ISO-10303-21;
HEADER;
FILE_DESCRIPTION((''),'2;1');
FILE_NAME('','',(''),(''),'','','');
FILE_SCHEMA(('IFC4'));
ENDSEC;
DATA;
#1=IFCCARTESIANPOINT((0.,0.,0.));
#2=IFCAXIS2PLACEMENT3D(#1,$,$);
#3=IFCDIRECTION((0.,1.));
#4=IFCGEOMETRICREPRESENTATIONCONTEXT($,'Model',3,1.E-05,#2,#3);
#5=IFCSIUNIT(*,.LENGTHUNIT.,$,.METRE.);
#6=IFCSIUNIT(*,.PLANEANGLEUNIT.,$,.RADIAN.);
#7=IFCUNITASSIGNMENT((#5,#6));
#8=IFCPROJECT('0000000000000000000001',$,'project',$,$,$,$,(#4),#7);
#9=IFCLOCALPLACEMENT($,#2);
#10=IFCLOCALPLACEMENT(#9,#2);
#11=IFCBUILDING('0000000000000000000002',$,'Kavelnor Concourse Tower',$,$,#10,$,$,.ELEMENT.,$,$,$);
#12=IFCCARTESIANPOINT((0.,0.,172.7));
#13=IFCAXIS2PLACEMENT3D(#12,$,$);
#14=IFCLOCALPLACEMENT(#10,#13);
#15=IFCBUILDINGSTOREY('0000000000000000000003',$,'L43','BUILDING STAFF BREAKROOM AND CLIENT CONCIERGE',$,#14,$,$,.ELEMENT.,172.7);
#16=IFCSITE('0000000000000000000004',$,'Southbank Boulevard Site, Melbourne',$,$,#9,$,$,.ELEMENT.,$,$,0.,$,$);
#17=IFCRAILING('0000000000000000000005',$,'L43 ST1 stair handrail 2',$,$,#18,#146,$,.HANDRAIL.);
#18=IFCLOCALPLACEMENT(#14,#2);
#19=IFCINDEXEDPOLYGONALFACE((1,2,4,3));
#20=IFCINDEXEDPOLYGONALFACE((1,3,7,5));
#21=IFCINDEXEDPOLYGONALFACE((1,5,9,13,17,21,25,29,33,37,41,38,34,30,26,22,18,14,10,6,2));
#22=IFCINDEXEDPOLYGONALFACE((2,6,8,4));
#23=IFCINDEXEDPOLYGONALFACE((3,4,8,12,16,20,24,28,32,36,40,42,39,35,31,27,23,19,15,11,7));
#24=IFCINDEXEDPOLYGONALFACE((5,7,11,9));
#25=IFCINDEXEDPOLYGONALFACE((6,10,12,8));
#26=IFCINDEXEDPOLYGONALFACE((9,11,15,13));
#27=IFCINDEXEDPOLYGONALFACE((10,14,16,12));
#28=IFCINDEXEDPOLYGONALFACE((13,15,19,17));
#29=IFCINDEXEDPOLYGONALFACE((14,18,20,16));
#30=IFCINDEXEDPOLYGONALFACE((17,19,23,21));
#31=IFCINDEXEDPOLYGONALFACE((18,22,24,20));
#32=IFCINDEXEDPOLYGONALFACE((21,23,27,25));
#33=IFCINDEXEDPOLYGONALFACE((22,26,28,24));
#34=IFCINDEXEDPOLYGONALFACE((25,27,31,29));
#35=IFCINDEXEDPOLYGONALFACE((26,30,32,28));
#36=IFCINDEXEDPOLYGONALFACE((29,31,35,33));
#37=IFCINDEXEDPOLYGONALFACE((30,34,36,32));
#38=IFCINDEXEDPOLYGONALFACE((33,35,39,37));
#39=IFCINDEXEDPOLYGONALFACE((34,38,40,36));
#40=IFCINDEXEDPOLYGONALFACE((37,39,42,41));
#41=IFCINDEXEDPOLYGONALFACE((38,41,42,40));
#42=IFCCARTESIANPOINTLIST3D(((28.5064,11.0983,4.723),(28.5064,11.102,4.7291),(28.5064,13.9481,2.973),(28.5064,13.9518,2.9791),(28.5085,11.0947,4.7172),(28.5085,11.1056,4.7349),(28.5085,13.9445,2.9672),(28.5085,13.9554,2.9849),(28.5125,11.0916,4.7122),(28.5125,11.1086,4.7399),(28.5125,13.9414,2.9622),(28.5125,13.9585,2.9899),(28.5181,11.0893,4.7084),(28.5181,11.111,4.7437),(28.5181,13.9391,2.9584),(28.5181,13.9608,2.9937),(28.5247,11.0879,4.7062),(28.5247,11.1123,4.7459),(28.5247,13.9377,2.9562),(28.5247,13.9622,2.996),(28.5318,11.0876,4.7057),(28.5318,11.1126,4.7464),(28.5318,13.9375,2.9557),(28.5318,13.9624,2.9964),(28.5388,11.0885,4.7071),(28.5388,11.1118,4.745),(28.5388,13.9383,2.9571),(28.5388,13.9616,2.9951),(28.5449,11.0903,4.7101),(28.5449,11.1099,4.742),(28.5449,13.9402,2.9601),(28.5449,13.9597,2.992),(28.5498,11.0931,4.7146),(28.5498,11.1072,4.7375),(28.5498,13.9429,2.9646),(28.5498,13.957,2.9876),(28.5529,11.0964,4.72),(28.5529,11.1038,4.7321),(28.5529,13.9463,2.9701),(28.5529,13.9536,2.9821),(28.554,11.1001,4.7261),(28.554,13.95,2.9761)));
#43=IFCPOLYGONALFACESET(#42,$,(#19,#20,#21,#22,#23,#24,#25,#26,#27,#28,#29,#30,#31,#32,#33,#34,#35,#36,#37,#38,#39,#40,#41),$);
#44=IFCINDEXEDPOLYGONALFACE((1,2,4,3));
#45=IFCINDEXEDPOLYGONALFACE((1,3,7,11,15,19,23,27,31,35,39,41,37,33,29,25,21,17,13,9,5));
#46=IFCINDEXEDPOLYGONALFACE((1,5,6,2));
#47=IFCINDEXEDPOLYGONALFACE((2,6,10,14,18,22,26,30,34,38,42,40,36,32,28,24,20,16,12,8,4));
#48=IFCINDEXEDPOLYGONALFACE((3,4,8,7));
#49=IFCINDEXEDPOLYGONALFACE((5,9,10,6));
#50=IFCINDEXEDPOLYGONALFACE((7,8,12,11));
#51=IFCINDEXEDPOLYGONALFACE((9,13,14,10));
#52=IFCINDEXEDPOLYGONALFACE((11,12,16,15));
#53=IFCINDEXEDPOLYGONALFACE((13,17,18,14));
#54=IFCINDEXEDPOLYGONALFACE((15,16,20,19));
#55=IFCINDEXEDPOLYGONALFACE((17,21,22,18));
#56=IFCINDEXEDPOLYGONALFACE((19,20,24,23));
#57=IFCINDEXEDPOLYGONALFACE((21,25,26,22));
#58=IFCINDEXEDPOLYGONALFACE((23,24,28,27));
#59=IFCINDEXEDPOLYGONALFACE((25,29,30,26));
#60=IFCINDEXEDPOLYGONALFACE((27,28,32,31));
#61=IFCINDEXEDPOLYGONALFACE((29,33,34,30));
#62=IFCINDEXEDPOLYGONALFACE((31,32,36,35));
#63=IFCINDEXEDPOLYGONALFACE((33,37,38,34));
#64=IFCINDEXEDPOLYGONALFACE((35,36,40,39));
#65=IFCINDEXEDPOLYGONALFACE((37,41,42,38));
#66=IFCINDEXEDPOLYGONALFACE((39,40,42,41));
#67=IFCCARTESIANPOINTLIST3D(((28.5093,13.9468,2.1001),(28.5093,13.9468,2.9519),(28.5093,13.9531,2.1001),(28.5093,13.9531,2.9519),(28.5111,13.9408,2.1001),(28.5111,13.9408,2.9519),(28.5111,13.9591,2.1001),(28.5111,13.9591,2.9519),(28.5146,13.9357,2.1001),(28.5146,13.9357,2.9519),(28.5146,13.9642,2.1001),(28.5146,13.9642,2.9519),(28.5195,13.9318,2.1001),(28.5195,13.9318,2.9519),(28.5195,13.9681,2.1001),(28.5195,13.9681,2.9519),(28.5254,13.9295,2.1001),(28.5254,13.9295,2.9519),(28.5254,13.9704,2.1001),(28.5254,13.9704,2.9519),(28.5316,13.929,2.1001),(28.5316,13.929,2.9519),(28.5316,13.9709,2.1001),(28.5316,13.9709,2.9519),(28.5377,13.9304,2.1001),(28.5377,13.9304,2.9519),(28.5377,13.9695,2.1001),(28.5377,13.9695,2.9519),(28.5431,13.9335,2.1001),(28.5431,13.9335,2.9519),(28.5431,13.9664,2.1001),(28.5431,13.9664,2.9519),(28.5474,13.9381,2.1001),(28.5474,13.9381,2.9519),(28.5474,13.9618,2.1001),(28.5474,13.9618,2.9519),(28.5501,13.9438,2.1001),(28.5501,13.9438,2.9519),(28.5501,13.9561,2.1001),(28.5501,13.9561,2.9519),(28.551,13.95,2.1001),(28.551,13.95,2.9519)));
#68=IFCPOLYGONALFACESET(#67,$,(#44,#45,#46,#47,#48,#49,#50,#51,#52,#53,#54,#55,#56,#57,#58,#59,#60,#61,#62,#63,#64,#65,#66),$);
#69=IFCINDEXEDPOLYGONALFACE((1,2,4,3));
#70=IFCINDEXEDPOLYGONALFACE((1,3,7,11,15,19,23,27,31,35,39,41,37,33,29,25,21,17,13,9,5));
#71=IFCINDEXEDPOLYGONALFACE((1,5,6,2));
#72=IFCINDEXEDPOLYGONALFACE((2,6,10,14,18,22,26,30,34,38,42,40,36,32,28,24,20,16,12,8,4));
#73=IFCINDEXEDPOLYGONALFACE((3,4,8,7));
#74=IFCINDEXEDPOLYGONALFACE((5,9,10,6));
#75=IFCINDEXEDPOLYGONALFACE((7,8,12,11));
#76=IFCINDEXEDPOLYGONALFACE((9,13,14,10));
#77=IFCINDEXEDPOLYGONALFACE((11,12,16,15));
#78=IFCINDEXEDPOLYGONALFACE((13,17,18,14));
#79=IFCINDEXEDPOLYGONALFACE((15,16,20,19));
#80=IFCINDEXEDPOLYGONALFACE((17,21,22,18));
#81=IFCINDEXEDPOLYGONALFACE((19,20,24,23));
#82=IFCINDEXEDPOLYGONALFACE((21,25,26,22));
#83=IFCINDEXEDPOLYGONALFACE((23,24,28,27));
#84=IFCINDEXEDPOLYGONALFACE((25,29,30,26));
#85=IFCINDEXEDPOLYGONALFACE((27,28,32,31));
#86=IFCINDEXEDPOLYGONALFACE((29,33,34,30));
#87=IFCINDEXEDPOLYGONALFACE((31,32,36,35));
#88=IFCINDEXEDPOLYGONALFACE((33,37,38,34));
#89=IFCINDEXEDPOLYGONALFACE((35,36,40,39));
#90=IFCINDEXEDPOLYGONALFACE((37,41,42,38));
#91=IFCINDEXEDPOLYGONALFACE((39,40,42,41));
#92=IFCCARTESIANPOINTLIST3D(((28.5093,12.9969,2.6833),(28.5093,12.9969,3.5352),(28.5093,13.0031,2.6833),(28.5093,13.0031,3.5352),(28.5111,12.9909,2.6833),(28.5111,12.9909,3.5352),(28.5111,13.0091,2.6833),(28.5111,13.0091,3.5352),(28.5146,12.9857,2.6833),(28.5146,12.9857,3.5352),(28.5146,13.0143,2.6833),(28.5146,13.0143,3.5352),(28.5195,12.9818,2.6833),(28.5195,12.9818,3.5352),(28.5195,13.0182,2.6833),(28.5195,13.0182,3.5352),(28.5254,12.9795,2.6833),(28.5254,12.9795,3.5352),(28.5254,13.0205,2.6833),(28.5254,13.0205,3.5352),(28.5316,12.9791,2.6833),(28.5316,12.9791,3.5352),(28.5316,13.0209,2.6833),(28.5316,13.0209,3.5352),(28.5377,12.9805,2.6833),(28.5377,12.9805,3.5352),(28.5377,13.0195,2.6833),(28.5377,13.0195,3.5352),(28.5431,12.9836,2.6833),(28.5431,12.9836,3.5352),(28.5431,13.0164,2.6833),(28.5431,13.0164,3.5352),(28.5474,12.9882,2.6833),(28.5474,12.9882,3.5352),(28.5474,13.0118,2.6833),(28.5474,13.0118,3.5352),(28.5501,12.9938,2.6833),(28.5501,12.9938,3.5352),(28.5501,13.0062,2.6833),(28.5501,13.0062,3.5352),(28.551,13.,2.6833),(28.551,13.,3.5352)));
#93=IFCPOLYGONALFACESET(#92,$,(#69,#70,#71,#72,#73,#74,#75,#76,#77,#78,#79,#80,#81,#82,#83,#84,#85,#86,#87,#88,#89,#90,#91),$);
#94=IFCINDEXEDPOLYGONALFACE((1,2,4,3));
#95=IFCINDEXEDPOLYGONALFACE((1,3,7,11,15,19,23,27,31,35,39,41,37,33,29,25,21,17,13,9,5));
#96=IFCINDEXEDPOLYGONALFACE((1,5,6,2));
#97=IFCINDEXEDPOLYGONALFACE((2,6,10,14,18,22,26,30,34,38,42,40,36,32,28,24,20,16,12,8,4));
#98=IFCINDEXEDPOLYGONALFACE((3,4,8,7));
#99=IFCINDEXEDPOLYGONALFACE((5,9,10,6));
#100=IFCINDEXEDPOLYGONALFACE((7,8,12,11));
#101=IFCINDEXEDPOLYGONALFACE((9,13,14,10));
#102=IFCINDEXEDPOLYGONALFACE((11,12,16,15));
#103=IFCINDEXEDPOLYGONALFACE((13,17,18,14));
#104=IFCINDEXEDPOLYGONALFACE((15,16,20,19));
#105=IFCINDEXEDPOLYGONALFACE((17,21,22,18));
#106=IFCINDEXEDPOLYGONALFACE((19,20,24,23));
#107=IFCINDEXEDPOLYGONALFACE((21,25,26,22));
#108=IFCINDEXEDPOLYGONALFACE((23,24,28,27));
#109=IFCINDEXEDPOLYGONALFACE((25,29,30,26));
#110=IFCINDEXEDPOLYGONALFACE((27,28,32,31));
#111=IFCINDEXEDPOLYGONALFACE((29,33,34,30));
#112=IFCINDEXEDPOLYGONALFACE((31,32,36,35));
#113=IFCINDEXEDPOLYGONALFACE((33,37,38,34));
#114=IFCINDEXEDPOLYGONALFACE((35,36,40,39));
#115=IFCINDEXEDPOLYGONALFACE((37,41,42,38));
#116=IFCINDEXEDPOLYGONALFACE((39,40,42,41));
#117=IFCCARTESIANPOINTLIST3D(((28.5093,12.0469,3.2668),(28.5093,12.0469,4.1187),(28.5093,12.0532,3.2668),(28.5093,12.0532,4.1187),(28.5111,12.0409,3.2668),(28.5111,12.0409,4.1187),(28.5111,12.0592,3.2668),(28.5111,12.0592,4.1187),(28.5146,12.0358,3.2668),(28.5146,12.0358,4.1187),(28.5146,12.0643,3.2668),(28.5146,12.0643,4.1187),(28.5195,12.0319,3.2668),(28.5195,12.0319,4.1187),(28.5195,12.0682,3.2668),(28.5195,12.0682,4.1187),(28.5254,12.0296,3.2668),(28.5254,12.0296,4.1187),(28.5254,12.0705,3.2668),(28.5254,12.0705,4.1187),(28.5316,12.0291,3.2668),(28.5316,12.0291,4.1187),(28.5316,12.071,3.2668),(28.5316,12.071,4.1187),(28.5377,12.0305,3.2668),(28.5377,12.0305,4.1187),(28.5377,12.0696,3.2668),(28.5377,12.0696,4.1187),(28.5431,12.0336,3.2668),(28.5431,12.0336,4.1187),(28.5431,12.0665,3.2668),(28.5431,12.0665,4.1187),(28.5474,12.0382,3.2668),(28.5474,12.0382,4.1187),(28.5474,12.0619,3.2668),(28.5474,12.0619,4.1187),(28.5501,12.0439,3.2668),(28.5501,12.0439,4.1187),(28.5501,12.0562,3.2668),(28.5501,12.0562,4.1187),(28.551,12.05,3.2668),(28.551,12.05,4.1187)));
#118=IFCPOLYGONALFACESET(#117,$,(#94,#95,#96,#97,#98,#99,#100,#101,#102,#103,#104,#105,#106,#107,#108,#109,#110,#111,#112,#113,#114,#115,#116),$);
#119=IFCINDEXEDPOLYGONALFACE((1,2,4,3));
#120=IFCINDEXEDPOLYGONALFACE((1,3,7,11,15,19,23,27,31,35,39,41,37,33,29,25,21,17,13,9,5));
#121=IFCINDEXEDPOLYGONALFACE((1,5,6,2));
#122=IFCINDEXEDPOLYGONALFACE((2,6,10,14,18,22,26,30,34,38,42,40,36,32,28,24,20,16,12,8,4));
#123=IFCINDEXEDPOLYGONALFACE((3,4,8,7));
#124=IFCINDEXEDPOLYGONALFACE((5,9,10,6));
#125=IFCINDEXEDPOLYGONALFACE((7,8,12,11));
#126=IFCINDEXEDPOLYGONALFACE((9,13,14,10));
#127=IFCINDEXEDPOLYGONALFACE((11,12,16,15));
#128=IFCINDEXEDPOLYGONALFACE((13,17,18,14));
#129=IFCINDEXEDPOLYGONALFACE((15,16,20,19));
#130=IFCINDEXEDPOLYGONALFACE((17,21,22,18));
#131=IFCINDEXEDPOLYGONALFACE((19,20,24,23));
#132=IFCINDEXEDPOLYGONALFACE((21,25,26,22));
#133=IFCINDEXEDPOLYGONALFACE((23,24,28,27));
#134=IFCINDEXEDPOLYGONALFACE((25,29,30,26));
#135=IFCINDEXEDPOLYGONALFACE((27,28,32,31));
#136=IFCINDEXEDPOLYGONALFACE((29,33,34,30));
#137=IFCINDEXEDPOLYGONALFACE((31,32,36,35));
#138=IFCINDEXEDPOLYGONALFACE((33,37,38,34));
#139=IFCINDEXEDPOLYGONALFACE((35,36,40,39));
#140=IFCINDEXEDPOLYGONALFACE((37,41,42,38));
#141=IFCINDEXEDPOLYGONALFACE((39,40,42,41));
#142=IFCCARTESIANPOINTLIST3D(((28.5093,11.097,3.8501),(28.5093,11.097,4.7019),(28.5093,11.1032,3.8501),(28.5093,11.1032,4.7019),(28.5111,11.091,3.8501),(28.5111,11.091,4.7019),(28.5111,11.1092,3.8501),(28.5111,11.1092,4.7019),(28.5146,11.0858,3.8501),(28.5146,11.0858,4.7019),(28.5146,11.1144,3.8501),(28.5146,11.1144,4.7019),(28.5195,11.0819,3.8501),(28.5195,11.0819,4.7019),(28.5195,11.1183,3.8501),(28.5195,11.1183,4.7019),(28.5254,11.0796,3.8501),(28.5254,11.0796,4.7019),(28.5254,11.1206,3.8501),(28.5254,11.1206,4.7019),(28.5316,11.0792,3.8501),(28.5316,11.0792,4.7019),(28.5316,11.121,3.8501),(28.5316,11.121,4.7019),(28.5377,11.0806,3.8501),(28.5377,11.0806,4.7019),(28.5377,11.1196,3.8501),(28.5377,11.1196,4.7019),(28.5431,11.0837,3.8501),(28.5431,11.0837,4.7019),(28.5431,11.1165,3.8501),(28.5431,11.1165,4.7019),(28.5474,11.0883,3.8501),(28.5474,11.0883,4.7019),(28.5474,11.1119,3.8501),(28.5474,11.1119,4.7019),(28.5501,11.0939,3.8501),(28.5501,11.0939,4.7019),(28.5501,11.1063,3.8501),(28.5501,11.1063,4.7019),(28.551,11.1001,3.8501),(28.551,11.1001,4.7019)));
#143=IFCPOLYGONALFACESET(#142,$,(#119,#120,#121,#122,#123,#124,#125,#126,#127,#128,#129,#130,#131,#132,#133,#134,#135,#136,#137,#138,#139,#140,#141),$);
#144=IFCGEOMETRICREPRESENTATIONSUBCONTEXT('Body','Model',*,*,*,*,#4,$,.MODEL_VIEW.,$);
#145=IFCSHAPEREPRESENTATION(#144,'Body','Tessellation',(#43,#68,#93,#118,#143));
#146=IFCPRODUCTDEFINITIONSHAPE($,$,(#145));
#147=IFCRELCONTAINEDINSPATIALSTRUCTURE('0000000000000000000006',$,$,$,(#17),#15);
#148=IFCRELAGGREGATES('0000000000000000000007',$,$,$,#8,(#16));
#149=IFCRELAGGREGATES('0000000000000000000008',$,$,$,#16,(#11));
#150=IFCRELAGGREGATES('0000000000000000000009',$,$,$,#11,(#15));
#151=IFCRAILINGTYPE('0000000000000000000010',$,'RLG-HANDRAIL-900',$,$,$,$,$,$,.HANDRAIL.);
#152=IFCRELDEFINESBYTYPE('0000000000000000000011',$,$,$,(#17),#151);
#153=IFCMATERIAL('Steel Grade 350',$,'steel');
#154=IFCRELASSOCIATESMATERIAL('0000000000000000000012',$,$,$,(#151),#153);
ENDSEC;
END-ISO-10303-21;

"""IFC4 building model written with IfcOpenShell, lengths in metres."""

from ifc_helpers import new_model, si_unit, direction, frame, origin, origin_2d, place, context, subcontext, project, spatial, circle, extrude, material, type_object, element, save


model = new_model("IFC4")

# Units and contexts
model_context = context("Model", 3, precision=1e-05, world=origin(), true_north=direction((0.0, 1.0)))
body_context = subcontext(model_context, "Body", "Model", "MODEL_VIEW")
ifc_project = project(units=[si_unit("LENGTHUNIT", "METRE"), si_unit("PLANEANGLEUNIT", "RADIAN")], contexts=[model_context])

# Site, building, storey
site_placement = place(None, origin())
site = spatial("IfcSite", under=ifc_project, at=site_placement, Name="Southbank Boulevard Site, Melbourne", CompositionType="ELEMENT", RefElevation=0.0)
building_placement = place(site_placement, origin())
building = spatial("IfcBuilding", under=site, at=building_placement, Name="Kavelnor Concourse Tower", CompositionType="ELEMENT")
storey_placement = place(building_placement, frame((0.0, 0.0, 172.7)))
storey = spatial("IfcBuildingStorey", under=building, at=storey_placement, Name="L43", Description="BUILDING STAFF BREAKROOM AND CLIENT CONCIERGE", CompositionType="ELEMENT", Elevation=172.7)

# Shared definitions
ifc_material_1 = material(Name="Steel Grade 350", Category="steel")

# Railing
railing_type_1 = type_object("IfcRailingType", Name="RLG-HANDRAIL-900", PredefinedType="HANDRAIL", material=ifc_material_1)
railing_1_placement = place(storey_placement, frame((28.53, 13.95, 2.1001)))
element("IfcRailing", 1, at=railing_1_placement, inside=storey, type_object=railing_type_1, Name="L43 ST1 stair handrail 2", PredefinedType="HANDRAIL", context=body_context, shape_type="SweptSolid", body=[
    extrude(circle(Radius=0.0239, at=origin_2d()), frame((0.0, 0.0, 0.876), z_axis=(0.0, -0.852159, 0.523283), x_axis=(1.0, 0.0, 0.0)), (0.0, 0.0, 1.0), 3.3442),
    extrude(circle(Radius=0.021, at=origin_2d()), origin(), (0.0, 0.0, 1.0), 0.8518),
    extrude(circle(Radius=0.021, at=origin_2d()), frame((0.0, -0.95, 0.5833)), (0.0, 0.0, 1.0), 0.8518),
    extrude(circle(Radius=0.021, at=origin_2d()), frame((0.0, -1.8999, 1.1667)), (0.0, 0.0, 1.0), 0.8518),
    extrude(circle(Radius=0.021, at=origin_2d()), frame((0.0, -2.8499, 1.75)), (0.0, 0.0, 1.0), 0.8518),
])

save(model, "model.ifc")
